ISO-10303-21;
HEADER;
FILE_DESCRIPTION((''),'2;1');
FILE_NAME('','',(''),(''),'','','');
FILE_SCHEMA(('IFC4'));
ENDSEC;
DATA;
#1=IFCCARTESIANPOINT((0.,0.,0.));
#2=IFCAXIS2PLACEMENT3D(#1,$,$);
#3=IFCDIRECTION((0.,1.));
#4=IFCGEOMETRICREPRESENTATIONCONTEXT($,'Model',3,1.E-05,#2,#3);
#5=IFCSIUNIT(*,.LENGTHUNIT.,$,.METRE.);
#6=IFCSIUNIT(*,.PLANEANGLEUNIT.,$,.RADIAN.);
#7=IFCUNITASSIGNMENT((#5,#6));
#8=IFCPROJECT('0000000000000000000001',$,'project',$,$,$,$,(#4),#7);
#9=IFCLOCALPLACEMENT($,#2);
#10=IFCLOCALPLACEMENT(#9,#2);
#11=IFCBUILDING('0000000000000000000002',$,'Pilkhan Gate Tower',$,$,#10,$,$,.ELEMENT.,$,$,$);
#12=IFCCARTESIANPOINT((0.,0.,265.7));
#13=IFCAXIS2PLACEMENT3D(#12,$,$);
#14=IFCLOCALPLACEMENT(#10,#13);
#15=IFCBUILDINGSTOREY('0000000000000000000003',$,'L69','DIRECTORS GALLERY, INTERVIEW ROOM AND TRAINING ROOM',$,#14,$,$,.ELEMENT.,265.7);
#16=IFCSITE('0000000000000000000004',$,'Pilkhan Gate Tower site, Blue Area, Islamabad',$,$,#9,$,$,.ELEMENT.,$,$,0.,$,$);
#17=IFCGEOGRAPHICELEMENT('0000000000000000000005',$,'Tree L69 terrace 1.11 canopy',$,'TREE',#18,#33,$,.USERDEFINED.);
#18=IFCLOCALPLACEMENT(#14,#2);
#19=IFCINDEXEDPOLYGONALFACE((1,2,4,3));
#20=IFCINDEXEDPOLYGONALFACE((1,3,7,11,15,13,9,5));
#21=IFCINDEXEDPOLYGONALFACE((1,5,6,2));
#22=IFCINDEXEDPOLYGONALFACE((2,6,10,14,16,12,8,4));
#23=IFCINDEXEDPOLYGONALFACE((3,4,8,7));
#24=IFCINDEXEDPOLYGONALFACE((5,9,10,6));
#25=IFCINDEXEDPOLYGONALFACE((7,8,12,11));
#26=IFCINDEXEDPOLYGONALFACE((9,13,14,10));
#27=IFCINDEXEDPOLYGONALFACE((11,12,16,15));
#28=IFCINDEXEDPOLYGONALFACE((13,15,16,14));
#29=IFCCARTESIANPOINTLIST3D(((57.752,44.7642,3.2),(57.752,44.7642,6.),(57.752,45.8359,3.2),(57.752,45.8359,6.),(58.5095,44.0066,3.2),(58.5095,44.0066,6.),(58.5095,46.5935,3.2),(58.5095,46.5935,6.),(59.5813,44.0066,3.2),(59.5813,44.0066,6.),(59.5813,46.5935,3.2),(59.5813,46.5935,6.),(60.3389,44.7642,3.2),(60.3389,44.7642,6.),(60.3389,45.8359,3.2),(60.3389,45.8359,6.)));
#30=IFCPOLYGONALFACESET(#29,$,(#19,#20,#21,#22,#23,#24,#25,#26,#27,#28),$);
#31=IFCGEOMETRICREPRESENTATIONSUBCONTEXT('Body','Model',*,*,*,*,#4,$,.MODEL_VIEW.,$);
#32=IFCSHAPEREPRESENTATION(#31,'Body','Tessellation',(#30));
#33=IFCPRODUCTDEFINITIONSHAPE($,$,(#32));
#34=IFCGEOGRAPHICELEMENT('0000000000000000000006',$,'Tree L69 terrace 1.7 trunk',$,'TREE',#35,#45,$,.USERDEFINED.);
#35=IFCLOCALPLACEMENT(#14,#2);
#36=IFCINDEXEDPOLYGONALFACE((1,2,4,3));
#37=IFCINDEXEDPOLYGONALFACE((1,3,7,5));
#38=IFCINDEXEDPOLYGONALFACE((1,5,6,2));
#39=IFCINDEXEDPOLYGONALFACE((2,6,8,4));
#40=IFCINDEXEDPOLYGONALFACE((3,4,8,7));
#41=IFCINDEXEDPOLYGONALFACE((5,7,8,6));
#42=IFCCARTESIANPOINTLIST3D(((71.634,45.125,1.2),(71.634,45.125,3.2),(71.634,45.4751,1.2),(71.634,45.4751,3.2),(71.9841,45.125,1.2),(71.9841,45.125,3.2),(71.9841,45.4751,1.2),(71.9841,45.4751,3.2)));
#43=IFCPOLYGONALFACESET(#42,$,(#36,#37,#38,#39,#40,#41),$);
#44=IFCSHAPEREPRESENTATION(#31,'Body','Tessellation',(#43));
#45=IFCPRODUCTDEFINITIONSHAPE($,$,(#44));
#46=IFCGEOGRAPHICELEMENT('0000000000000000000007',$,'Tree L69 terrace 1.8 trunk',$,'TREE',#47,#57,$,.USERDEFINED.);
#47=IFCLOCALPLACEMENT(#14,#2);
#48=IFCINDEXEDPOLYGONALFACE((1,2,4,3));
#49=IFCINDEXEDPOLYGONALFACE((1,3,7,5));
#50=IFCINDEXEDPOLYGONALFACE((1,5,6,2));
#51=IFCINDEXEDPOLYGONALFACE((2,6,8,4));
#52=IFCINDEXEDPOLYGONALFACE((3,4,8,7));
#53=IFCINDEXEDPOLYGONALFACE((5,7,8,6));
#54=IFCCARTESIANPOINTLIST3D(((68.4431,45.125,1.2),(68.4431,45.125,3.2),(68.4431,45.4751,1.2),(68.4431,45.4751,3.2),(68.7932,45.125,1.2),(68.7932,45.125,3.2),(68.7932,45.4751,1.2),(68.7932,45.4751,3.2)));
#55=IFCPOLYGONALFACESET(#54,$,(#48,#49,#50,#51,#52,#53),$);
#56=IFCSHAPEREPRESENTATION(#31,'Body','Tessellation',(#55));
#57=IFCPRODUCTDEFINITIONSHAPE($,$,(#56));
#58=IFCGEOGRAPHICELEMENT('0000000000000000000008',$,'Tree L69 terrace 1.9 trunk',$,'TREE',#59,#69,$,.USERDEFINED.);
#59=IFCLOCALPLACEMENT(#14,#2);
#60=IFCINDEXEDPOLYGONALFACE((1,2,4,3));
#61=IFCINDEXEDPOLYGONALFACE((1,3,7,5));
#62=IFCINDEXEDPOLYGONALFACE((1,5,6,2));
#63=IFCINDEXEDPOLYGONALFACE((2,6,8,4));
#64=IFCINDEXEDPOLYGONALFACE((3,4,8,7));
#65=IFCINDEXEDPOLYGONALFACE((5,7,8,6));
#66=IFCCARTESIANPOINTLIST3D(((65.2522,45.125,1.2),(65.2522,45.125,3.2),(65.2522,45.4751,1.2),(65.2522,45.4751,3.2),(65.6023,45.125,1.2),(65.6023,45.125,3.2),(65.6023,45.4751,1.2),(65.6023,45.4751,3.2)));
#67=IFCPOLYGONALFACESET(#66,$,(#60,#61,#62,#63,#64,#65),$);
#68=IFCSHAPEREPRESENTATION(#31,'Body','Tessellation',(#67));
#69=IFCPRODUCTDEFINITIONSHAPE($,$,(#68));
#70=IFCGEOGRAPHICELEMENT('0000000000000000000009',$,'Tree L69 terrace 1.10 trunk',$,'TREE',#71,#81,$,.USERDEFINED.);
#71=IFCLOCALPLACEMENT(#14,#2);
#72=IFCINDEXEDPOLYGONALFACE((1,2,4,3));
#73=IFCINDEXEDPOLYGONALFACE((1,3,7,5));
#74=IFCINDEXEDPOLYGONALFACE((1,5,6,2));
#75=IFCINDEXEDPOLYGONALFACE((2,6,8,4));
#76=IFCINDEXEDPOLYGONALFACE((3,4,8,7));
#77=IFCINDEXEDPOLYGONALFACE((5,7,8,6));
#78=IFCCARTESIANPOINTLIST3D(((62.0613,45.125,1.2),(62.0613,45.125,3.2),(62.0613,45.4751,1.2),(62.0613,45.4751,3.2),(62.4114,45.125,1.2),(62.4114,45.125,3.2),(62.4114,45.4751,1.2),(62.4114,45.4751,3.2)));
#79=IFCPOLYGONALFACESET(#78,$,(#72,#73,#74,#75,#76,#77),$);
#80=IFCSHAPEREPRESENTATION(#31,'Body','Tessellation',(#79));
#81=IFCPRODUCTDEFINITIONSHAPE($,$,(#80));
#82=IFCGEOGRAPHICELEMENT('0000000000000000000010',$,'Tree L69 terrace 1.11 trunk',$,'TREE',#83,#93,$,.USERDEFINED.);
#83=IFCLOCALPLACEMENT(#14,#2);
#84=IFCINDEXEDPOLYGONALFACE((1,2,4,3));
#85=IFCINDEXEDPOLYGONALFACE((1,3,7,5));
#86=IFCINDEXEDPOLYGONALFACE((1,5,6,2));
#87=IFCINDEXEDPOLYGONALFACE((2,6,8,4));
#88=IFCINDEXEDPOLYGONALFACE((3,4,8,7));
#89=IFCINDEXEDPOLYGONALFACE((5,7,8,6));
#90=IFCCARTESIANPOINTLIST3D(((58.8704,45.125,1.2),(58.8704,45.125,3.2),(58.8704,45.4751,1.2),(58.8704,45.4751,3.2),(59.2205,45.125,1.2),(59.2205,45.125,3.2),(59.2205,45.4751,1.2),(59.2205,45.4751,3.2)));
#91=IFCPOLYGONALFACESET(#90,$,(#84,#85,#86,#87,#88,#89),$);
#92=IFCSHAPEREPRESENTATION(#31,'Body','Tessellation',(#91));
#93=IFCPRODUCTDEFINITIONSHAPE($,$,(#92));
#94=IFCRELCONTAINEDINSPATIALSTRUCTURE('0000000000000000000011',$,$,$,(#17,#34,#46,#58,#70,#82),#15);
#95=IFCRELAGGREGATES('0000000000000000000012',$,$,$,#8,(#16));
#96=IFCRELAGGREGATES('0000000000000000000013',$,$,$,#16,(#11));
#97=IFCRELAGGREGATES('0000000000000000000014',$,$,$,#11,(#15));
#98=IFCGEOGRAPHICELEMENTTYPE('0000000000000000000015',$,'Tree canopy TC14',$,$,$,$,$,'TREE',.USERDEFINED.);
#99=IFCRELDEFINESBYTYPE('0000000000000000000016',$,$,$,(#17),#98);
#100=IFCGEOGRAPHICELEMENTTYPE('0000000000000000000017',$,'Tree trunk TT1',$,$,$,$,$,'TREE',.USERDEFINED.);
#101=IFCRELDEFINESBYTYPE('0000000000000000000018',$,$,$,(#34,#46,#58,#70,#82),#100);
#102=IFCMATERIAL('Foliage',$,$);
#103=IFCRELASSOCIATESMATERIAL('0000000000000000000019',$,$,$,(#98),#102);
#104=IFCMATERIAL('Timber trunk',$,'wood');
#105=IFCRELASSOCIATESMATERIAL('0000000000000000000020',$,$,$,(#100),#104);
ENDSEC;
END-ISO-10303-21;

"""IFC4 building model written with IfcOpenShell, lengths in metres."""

from ifc_helpers import new_model, si_unit, direction, frame, origin, origin_2d, place, context, subcontext, project, spatial, polyline, rectangle, outline, extrude, material, material_profile, profile_set, type_object, element, save


model = new_model("IFC4")

# Units and contexts
model_context = context("Model", 3, precision=1e-05, world=origin(), true_north=direction((0.0, 1.0)))
body_context = subcontext(model_context, "Body", "Model", "MODEL_VIEW")
ifc_project = project(units=[si_unit("LENGTHUNIT", "METRE"), si_unit("PLANEANGLEUNIT", "RADIAN")], contexts=[model_context])

# Site, building, storey
site_placement = place(None, origin())
site = spatial("IfcSite", under=ifc_project, at=site_placement, Name="Pilkhan Gate Tower site, Blue Area, Islamabad", CompositionType="ELEMENT", RefElevation=0.0)
building_placement = place(site_placement, origin())
building = spatial("IfcBuilding", under=site, at=building_placement, Name="Pilkhan Gate Tower", CompositionType="ELEMENT")
storey_placement = place(building_placement, frame((0.0, 0.0, 265.7)))
storey = spatial("IfcBuildingStorey", under=building, at=storey_placement, Name="L69", Description="DIRECTORS GALLERY, INTERVIEW ROOM AND TRAINING ROOM", CompositionType="ELEMENT", Elevation=265.7)

# Geographic elements
ifc_material_1 = material(Name="Foliage")
ifc_material_profile_1 = material_profile(ifc_material_1, outline(polyline([(1.2935, 0.5359), (0.5359, 1.2935), (-0.5359, 1.2935), (-1.2935, 0.5359), (-1.2935, -0.5359), (-0.5359, -1.2935), (0.5359, -1.2935), (1.2935, -0.5359), (1.2935, 0.5359)])), Name="Canopy D2.8")
ifc_profile_set_1 = profile_set([ifc_material_profile_1], Name="Foliage")
geographic_element_type_1 = type_object("IfcGeographicElementType", Name="Tree canopy TC14", ElementType="TREE", PredefinedType="USERDEFINED", material=ifc_profile_set_1)
for number, where, z_axis, x_axis, name in (
    (1, (59.0454, 45.3, 3.2), (0.0, 0.0, 1.0), (1.0, 0.0, 0.0), "Tree L69 terrace 1.11 canopy"),
):
    element("IfcGeographicElement", number, at=place(storey_placement, frame(where, z_axis=z_axis, x_axis=x_axis)), inside=storey, type_object=geographic_element_type_1, Name=name, ObjectType="TREE", PredefinedType="USERDEFINED", context=body_context, shape_type="SweptSolid", body=[
        extrude(outline(polyline([(1.2935, 0.5359), (0.5359, 1.2935), (-0.5359, 1.2935), (-1.2935, 0.5359), (-1.2935, -0.5359), (-0.5359, -1.2935), (0.5359, -1.2935), (1.2935, -0.5359), (1.2935, 0.5359)])), origin(), (0.0, 0.0, 1.0), 2.8),
    ])
ifc_material_2 = material(Name="Timber trunk", Category="wood")
geographic_element_type_2 = type_object("IfcGeographicElementType", Name="Tree trunk TT1", ElementType="TREE", PredefinedType="USERDEFINED", material=ifc_material_2)
for number, where, z_axis, x_axis, name in (
    (2, (71.8091, 45.3, 1.2), (0.0, 0.0, 1.0), (1.0, 0.0, 0.0), "Tree L69 terrace 1.7 trunk"),
    (3, (68.6182, 45.3, 1.2), (0.0, 0.0, 1.0), (1.0, 0.0, 0.0), "Tree L69 terrace 1.8 trunk"),
    (4, (65.4272, 45.3, 1.2), (0.0, 0.0, 1.0), (1.0, 0.0, 0.0), "Tree L69 terrace 1.9 trunk"),
    (5, (62.2363, 45.3, 1.2), (0.0, 0.0, 1.0), (1.0, 0.0, 0.0), "Tree L69 terrace 1.10 trunk"),
    (6, (59.0454, 45.3, 1.2), (0.0, 0.0, 1.0), (1.0, 0.0, 0.0), "Tree L69 terrace 1.11 trunk"),
):
    element("IfcGeographicElement", number, at=place(storey_placement, frame(where, z_axis=z_axis, x_axis=x_axis)), inside=storey, type_object=geographic_element_type_2, Name=name, ObjectType="TREE", PredefinedType="USERDEFINED", context=body_context, shape_type="SweptSolid", body=[
        extrude(rectangle(XDim=0.3501, YDim=0.3501, at=origin_2d()), origin(), (0.0, 0.0, 1.0), 2.0),
    ])

save(model, "model.ifc")
